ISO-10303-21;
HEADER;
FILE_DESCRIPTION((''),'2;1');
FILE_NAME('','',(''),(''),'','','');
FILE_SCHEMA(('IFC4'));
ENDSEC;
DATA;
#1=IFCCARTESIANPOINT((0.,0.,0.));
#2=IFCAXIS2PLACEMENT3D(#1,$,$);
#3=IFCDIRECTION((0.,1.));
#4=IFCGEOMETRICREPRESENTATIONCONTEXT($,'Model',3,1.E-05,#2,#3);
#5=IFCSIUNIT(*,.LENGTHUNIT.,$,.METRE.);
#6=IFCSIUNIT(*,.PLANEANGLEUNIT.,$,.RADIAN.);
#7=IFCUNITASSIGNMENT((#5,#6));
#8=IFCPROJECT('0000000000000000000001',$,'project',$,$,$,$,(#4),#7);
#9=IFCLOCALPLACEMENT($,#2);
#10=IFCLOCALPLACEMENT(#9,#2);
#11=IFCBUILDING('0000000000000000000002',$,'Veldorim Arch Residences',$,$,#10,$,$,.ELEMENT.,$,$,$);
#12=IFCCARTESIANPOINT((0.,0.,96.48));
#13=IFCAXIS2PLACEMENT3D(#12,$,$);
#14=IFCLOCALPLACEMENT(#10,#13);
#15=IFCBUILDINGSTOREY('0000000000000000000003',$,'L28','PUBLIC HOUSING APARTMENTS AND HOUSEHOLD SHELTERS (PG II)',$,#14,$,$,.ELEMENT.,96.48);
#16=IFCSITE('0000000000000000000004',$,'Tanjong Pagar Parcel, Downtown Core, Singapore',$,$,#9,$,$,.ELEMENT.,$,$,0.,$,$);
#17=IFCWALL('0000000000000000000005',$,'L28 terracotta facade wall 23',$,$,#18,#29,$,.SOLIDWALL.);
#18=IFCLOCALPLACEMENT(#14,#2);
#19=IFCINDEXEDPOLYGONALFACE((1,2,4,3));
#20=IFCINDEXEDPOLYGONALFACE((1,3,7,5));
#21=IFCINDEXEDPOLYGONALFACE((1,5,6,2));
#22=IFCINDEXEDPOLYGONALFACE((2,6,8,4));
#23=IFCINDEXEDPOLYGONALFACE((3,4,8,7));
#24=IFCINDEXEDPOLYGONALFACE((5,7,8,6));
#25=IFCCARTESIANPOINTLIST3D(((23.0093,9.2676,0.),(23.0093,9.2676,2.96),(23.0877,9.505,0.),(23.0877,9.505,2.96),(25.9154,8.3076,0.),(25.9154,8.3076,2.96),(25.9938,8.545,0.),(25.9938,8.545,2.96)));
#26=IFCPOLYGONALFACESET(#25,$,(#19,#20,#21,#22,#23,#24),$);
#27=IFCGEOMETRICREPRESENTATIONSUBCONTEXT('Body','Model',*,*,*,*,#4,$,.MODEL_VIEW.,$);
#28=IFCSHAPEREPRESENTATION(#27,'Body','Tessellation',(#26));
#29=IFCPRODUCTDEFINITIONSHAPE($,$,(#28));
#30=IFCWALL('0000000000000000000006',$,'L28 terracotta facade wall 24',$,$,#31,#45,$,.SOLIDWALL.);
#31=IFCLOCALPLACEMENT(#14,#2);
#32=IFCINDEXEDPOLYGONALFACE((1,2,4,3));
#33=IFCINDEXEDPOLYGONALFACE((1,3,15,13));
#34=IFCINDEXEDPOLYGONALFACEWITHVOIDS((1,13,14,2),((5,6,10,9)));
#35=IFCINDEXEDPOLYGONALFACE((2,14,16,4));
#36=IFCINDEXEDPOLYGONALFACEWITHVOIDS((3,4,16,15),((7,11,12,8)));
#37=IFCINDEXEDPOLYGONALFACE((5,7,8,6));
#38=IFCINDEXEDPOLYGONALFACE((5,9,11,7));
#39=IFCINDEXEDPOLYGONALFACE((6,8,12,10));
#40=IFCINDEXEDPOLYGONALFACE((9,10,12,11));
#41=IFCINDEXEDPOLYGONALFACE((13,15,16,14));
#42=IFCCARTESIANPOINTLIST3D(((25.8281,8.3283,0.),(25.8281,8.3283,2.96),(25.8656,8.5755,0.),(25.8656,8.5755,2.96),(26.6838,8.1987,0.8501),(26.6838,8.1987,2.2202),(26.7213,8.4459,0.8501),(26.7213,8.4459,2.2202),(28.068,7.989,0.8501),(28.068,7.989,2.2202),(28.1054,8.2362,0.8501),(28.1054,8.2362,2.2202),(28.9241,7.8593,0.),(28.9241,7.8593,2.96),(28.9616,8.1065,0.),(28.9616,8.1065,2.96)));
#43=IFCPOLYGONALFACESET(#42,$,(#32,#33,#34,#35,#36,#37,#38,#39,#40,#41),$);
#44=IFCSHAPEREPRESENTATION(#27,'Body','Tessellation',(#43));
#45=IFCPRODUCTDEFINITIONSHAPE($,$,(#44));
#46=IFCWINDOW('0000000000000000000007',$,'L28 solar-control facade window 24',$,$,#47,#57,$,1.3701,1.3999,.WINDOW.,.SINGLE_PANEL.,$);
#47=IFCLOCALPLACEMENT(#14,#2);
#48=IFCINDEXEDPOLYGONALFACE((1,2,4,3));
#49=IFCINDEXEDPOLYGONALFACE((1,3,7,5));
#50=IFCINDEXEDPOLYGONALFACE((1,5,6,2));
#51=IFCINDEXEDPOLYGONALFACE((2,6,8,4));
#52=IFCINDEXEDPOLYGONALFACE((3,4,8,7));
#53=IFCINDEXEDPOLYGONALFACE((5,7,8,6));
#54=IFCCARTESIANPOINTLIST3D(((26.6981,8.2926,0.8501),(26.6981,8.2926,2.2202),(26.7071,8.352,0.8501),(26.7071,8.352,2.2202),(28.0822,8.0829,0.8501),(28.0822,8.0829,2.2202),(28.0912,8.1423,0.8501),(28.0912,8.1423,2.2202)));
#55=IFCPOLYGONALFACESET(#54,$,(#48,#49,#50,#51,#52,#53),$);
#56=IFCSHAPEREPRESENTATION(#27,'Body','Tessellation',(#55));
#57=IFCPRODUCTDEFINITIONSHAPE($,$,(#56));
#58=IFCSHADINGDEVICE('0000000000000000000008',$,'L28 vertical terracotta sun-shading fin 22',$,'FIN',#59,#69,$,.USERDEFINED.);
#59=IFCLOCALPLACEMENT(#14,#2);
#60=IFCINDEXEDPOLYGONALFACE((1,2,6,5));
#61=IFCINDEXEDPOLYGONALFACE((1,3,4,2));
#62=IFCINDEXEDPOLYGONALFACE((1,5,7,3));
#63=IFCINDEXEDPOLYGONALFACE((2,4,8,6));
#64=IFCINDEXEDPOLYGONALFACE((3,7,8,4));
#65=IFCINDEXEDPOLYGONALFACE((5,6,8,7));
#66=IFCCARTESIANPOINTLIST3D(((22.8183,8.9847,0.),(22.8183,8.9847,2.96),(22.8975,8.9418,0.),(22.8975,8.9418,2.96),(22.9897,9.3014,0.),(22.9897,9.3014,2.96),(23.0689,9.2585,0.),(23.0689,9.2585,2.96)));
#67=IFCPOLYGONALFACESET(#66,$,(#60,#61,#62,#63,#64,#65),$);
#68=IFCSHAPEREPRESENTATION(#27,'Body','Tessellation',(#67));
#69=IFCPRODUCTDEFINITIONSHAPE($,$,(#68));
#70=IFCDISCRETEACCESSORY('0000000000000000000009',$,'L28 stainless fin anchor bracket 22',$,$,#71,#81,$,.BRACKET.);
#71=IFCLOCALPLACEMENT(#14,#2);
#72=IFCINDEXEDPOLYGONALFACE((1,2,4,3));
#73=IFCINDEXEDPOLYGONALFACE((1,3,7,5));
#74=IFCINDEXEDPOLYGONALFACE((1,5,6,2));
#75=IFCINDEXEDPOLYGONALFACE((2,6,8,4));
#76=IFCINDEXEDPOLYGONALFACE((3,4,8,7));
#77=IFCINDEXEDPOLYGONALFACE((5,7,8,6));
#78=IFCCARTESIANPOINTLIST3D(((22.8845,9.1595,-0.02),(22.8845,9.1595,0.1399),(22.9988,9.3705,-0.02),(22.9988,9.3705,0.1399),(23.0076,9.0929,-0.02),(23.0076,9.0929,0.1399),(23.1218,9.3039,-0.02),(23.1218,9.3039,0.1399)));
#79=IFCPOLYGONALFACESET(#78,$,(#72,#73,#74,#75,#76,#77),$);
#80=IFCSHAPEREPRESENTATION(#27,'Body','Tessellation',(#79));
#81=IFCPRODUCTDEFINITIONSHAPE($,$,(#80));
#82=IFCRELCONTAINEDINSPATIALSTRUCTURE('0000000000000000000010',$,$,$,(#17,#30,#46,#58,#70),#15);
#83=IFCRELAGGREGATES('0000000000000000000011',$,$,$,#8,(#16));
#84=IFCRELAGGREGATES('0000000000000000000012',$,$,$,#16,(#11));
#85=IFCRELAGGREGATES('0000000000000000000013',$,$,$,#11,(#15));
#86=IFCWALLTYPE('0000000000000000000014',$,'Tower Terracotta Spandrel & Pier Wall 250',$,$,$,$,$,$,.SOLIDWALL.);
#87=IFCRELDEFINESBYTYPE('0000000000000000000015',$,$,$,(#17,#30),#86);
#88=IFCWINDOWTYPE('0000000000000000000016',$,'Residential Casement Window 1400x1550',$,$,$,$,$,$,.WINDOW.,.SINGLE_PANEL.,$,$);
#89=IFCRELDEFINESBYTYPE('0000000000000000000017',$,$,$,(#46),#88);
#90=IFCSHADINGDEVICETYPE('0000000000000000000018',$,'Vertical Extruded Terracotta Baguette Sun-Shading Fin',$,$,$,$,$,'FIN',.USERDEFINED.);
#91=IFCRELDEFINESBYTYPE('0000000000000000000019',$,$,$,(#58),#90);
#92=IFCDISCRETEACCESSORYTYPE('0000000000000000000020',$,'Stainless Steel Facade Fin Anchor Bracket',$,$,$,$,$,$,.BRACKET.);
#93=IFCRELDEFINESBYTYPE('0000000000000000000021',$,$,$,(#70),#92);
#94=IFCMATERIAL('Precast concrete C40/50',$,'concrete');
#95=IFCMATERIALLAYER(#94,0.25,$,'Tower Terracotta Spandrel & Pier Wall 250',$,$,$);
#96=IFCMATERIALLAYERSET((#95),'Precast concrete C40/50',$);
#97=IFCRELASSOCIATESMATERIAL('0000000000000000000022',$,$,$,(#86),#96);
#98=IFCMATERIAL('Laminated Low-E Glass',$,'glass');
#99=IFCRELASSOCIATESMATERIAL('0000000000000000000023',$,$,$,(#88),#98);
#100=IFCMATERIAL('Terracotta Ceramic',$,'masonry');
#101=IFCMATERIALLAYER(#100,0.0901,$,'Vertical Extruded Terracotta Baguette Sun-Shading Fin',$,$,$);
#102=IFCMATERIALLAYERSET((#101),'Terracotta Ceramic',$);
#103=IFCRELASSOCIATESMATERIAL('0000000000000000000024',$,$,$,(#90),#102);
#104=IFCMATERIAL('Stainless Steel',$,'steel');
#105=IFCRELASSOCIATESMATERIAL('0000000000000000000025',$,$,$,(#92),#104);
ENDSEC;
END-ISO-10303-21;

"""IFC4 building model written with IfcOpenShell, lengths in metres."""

from ifc_helpers import new_model, si_unit, direction, frame, frame_2d, origin, origin_2d, place, context, subcontext, project, spatial, rectangle, extrude, material, layer, layer_set, type_object, element, fill, save


model = new_model("IFC4")

# Units and contexts
model_context = context("Model", 3, precision=1e-05, world=origin(), true_north=direction((0.0, 1.0)))
body_context = subcontext(model_context, "Body", "Model", "MODEL_VIEW")
ifc_project = project(units=[si_unit("LENGTHUNIT", "METRE"), si_unit("PLANEANGLEUNIT", "RADIAN")], contexts=[model_context])

# Site, building, storey
site_placement = place(None, origin())
site = spatial("IfcSite", under=ifc_project, at=site_placement, Name="Tanjong Pagar Parcel, Downtown Core, Singapore", CompositionType="ELEMENT", RefElevation=0.0)
building_placement = place(site_placement, origin())
building = spatial("IfcBuilding", under=site, at=building_placement, Name="Veldorim Arch Residences", CompositionType="ELEMENT")
storey_placement = place(building_placement, frame((0.0, 0.0, 96.48)))
storey = spatial("IfcBuildingStorey", under=building, at=storey_placement, Name="L28", Description="PUBLIC HOUSING APARTMENTS AND HOUSEHOLD SHELTERS (PG II)", CompositionType="ELEMENT", Elevation=96.48)

# Wall
ifc_material_1 = material(Name="Precast concrete C40/50", Category="concrete")
ifc_layer_1 = layer(ifc_material_1, 0.25, Name="Tower Terracotta Spandrel & Pier Wall 250")
ifc_layer_set_1 = layer_set([ifc_layer_1], Name="Precast concrete C40/50")
wall_type_1 = type_object("IfcWallType", Name="Tower Terracotta Spandrel & Pier Wall 250", PredefinedType="SOLIDWALL", material=ifc_layer_set_1)
wall_1_placement = place(storey_placement, frame((25.9546, 8.4263, 0.0), z_axis=(0.0, 0.0, 1.0), x_axis=(-0.949533, 0.313666, 0.0)))
element("IfcWall", 1, at=wall_1_placement, inside=storey, type_object=wall_type_1, Name="L28 terracotta facade wall 23", PredefinedType="SOLIDWALL", context=body_context, shape_type="SweptSolid", body=[
    extrude(rectangle(XDim=3.0605, YDim=0.25, at=frame_2d((1.5303, 0.0))), origin(), (0.0, 0.0, 1.0), 2.96),
])

# Wall, opening, window
wall_2_placement = place(storey_placement, frame((28.9429, 7.9829, 0.0), z_axis=(0.0, 0.0, 1.0), x_axis=(-0.98872, 0.149778, 0.0)))
wall_2 = element("IfcWall", 2, at=wall_2_placement, inside=storey, type_object=wall_type_1, Name="L28 terracotta facade wall 24", PredefinedType="SOLIDWALL", context=body_context, shape_type="SweptSolid", body=[
    extrude(rectangle(XDim=3.1313, YDim=0.25, at=frame_2d((1.5657, 0.0))), origin(), (0.0, 0.0, 1.0), 2.96),
])
opening_1_placement = place(wall_2_placement, frame((0.866, 0.0, 0.8501)))
opening_1 = element("IfcOpeningElement", 3, at=opening_1_placement, cuts=wall_2, PredefinedType="OPENING", context=body_context, shape_type="SweptSolid", body=[
    extrude(rectangle(XDim=1.3999, YDim=1.3701, at=frame_2d((0.7, 0.6851))), frame((0.0, 0.135, 0.0), z_axis=(0.0, -1.0, 0.0), x_axis=(1.0, 0.0, 0.0)), (0.0, 0.0, 1.0), 0.27),
])
ifc_material_2 = material(Name="Laminated Low-E Glass", Category="glass")
window_type = type_object("IfcWindowType", Name="Residential Casement Window 1400x1550", PartitioningType="SINGLE_PANEL", PredefinedType="WINDOW", material=ifc_material_2)
window_placement = place(opening_1_placement, origin())
window = element("IfcWindow", 4, at=window_placement, inside=storey, type_object=window_type, Name="L28 solar-control facade window 24", OverallHeight=1.3701, OverallWidth=1.3999, PartitioningType="SINGLE_PANEL", PredefinedType="WINDOW", context=body_context, shape_type="SweptSolid", body=[
    extrude(rectangle(XDim=1.3999, YDim=1.3701, at=frame_2d((0.7, 0.6851))), frame((0.0, 0.03, 0.0), z_axis=(0.0, -1.0, 0.0), x_axis=(1.0, 0.0, 0.0)), (0.0, 0.0, 1.0), 0.0601),
])
fill(opening_1, window)

# Shading device
ifc_material_3 = material(Name="Terracotta Ceramic", Category="masonry")
ifc_layer_2 = layer(ifc_material_3, 0.0901, Name="Vertical Extruded Terracotta Baguette Sun-Shading Fin")
ifc_layer_set_2 = layer_set([ifc_layer_2], Name="Terracotta Ceramic")
shading_device_type = type_object("IfcShadingDeviceType", Name="Vertical Extruded Terracotta Baguette Sun-Shading Fin", ElementType="FIN", PredefinedType="USERDEFINED", material=ifc_layer_set_2)
shading_device_placement = place(storey_placement, frame((22.9436, 9.1216, 0.0), z_axis=(0.0, 0.0, 1.0), x_axis=(-0.879399, 0.476085, 0.0)))
element("IfcShadingDevice", 5, at=shading_device_placement, inside=storey, type_object=shading_device_type, Name="L28 vertical terracotta sun-shading fin 22", ObjectType="FIN", PredefinedType="USERDEFINED", context=body_context, shape_type="SweptSolid", body=[
    extrude(rectangle(XDim=0.0901, YDim=0.3601, at=origin_2d()), origin(), (0.0, 0.0, 1.0), 2.96),
])

# Discrete accessory
ifc_material_4 = material(Name="Stainless Steel", Category="steel")
discrete_accessory_type = type_object("IfcDiscreteAccessoryType", Name="Stainless Steel Facade Fin Anchor Bracket", PredefinedType="BRACKET", material=ifc_material_4)
discrete_accessory_placement = place(storey_placement, frame((23.0032, 9.2317, -0.02), z_axis=(0.0, 0.0, 1.0), x_axis=(-0.879399, 0.476085, 0.0)))
element("IfcDiscreteAccessory", 6, at=discrete_accessory_placement, inside=storey, type_object=discrete_accessory_type, Name="L28 stainless fin anchor bracket 22", PredefinedType="BRACKET", context=body_context, shape_type="SweptSolid", body=[
    extrude(rectangle(XDim=0.1399, YDim=0.24, at=origin_2d()), origin(), (0.0, 0.0, 1.0), 0.1599),
])

save(model, "model.ifc")
